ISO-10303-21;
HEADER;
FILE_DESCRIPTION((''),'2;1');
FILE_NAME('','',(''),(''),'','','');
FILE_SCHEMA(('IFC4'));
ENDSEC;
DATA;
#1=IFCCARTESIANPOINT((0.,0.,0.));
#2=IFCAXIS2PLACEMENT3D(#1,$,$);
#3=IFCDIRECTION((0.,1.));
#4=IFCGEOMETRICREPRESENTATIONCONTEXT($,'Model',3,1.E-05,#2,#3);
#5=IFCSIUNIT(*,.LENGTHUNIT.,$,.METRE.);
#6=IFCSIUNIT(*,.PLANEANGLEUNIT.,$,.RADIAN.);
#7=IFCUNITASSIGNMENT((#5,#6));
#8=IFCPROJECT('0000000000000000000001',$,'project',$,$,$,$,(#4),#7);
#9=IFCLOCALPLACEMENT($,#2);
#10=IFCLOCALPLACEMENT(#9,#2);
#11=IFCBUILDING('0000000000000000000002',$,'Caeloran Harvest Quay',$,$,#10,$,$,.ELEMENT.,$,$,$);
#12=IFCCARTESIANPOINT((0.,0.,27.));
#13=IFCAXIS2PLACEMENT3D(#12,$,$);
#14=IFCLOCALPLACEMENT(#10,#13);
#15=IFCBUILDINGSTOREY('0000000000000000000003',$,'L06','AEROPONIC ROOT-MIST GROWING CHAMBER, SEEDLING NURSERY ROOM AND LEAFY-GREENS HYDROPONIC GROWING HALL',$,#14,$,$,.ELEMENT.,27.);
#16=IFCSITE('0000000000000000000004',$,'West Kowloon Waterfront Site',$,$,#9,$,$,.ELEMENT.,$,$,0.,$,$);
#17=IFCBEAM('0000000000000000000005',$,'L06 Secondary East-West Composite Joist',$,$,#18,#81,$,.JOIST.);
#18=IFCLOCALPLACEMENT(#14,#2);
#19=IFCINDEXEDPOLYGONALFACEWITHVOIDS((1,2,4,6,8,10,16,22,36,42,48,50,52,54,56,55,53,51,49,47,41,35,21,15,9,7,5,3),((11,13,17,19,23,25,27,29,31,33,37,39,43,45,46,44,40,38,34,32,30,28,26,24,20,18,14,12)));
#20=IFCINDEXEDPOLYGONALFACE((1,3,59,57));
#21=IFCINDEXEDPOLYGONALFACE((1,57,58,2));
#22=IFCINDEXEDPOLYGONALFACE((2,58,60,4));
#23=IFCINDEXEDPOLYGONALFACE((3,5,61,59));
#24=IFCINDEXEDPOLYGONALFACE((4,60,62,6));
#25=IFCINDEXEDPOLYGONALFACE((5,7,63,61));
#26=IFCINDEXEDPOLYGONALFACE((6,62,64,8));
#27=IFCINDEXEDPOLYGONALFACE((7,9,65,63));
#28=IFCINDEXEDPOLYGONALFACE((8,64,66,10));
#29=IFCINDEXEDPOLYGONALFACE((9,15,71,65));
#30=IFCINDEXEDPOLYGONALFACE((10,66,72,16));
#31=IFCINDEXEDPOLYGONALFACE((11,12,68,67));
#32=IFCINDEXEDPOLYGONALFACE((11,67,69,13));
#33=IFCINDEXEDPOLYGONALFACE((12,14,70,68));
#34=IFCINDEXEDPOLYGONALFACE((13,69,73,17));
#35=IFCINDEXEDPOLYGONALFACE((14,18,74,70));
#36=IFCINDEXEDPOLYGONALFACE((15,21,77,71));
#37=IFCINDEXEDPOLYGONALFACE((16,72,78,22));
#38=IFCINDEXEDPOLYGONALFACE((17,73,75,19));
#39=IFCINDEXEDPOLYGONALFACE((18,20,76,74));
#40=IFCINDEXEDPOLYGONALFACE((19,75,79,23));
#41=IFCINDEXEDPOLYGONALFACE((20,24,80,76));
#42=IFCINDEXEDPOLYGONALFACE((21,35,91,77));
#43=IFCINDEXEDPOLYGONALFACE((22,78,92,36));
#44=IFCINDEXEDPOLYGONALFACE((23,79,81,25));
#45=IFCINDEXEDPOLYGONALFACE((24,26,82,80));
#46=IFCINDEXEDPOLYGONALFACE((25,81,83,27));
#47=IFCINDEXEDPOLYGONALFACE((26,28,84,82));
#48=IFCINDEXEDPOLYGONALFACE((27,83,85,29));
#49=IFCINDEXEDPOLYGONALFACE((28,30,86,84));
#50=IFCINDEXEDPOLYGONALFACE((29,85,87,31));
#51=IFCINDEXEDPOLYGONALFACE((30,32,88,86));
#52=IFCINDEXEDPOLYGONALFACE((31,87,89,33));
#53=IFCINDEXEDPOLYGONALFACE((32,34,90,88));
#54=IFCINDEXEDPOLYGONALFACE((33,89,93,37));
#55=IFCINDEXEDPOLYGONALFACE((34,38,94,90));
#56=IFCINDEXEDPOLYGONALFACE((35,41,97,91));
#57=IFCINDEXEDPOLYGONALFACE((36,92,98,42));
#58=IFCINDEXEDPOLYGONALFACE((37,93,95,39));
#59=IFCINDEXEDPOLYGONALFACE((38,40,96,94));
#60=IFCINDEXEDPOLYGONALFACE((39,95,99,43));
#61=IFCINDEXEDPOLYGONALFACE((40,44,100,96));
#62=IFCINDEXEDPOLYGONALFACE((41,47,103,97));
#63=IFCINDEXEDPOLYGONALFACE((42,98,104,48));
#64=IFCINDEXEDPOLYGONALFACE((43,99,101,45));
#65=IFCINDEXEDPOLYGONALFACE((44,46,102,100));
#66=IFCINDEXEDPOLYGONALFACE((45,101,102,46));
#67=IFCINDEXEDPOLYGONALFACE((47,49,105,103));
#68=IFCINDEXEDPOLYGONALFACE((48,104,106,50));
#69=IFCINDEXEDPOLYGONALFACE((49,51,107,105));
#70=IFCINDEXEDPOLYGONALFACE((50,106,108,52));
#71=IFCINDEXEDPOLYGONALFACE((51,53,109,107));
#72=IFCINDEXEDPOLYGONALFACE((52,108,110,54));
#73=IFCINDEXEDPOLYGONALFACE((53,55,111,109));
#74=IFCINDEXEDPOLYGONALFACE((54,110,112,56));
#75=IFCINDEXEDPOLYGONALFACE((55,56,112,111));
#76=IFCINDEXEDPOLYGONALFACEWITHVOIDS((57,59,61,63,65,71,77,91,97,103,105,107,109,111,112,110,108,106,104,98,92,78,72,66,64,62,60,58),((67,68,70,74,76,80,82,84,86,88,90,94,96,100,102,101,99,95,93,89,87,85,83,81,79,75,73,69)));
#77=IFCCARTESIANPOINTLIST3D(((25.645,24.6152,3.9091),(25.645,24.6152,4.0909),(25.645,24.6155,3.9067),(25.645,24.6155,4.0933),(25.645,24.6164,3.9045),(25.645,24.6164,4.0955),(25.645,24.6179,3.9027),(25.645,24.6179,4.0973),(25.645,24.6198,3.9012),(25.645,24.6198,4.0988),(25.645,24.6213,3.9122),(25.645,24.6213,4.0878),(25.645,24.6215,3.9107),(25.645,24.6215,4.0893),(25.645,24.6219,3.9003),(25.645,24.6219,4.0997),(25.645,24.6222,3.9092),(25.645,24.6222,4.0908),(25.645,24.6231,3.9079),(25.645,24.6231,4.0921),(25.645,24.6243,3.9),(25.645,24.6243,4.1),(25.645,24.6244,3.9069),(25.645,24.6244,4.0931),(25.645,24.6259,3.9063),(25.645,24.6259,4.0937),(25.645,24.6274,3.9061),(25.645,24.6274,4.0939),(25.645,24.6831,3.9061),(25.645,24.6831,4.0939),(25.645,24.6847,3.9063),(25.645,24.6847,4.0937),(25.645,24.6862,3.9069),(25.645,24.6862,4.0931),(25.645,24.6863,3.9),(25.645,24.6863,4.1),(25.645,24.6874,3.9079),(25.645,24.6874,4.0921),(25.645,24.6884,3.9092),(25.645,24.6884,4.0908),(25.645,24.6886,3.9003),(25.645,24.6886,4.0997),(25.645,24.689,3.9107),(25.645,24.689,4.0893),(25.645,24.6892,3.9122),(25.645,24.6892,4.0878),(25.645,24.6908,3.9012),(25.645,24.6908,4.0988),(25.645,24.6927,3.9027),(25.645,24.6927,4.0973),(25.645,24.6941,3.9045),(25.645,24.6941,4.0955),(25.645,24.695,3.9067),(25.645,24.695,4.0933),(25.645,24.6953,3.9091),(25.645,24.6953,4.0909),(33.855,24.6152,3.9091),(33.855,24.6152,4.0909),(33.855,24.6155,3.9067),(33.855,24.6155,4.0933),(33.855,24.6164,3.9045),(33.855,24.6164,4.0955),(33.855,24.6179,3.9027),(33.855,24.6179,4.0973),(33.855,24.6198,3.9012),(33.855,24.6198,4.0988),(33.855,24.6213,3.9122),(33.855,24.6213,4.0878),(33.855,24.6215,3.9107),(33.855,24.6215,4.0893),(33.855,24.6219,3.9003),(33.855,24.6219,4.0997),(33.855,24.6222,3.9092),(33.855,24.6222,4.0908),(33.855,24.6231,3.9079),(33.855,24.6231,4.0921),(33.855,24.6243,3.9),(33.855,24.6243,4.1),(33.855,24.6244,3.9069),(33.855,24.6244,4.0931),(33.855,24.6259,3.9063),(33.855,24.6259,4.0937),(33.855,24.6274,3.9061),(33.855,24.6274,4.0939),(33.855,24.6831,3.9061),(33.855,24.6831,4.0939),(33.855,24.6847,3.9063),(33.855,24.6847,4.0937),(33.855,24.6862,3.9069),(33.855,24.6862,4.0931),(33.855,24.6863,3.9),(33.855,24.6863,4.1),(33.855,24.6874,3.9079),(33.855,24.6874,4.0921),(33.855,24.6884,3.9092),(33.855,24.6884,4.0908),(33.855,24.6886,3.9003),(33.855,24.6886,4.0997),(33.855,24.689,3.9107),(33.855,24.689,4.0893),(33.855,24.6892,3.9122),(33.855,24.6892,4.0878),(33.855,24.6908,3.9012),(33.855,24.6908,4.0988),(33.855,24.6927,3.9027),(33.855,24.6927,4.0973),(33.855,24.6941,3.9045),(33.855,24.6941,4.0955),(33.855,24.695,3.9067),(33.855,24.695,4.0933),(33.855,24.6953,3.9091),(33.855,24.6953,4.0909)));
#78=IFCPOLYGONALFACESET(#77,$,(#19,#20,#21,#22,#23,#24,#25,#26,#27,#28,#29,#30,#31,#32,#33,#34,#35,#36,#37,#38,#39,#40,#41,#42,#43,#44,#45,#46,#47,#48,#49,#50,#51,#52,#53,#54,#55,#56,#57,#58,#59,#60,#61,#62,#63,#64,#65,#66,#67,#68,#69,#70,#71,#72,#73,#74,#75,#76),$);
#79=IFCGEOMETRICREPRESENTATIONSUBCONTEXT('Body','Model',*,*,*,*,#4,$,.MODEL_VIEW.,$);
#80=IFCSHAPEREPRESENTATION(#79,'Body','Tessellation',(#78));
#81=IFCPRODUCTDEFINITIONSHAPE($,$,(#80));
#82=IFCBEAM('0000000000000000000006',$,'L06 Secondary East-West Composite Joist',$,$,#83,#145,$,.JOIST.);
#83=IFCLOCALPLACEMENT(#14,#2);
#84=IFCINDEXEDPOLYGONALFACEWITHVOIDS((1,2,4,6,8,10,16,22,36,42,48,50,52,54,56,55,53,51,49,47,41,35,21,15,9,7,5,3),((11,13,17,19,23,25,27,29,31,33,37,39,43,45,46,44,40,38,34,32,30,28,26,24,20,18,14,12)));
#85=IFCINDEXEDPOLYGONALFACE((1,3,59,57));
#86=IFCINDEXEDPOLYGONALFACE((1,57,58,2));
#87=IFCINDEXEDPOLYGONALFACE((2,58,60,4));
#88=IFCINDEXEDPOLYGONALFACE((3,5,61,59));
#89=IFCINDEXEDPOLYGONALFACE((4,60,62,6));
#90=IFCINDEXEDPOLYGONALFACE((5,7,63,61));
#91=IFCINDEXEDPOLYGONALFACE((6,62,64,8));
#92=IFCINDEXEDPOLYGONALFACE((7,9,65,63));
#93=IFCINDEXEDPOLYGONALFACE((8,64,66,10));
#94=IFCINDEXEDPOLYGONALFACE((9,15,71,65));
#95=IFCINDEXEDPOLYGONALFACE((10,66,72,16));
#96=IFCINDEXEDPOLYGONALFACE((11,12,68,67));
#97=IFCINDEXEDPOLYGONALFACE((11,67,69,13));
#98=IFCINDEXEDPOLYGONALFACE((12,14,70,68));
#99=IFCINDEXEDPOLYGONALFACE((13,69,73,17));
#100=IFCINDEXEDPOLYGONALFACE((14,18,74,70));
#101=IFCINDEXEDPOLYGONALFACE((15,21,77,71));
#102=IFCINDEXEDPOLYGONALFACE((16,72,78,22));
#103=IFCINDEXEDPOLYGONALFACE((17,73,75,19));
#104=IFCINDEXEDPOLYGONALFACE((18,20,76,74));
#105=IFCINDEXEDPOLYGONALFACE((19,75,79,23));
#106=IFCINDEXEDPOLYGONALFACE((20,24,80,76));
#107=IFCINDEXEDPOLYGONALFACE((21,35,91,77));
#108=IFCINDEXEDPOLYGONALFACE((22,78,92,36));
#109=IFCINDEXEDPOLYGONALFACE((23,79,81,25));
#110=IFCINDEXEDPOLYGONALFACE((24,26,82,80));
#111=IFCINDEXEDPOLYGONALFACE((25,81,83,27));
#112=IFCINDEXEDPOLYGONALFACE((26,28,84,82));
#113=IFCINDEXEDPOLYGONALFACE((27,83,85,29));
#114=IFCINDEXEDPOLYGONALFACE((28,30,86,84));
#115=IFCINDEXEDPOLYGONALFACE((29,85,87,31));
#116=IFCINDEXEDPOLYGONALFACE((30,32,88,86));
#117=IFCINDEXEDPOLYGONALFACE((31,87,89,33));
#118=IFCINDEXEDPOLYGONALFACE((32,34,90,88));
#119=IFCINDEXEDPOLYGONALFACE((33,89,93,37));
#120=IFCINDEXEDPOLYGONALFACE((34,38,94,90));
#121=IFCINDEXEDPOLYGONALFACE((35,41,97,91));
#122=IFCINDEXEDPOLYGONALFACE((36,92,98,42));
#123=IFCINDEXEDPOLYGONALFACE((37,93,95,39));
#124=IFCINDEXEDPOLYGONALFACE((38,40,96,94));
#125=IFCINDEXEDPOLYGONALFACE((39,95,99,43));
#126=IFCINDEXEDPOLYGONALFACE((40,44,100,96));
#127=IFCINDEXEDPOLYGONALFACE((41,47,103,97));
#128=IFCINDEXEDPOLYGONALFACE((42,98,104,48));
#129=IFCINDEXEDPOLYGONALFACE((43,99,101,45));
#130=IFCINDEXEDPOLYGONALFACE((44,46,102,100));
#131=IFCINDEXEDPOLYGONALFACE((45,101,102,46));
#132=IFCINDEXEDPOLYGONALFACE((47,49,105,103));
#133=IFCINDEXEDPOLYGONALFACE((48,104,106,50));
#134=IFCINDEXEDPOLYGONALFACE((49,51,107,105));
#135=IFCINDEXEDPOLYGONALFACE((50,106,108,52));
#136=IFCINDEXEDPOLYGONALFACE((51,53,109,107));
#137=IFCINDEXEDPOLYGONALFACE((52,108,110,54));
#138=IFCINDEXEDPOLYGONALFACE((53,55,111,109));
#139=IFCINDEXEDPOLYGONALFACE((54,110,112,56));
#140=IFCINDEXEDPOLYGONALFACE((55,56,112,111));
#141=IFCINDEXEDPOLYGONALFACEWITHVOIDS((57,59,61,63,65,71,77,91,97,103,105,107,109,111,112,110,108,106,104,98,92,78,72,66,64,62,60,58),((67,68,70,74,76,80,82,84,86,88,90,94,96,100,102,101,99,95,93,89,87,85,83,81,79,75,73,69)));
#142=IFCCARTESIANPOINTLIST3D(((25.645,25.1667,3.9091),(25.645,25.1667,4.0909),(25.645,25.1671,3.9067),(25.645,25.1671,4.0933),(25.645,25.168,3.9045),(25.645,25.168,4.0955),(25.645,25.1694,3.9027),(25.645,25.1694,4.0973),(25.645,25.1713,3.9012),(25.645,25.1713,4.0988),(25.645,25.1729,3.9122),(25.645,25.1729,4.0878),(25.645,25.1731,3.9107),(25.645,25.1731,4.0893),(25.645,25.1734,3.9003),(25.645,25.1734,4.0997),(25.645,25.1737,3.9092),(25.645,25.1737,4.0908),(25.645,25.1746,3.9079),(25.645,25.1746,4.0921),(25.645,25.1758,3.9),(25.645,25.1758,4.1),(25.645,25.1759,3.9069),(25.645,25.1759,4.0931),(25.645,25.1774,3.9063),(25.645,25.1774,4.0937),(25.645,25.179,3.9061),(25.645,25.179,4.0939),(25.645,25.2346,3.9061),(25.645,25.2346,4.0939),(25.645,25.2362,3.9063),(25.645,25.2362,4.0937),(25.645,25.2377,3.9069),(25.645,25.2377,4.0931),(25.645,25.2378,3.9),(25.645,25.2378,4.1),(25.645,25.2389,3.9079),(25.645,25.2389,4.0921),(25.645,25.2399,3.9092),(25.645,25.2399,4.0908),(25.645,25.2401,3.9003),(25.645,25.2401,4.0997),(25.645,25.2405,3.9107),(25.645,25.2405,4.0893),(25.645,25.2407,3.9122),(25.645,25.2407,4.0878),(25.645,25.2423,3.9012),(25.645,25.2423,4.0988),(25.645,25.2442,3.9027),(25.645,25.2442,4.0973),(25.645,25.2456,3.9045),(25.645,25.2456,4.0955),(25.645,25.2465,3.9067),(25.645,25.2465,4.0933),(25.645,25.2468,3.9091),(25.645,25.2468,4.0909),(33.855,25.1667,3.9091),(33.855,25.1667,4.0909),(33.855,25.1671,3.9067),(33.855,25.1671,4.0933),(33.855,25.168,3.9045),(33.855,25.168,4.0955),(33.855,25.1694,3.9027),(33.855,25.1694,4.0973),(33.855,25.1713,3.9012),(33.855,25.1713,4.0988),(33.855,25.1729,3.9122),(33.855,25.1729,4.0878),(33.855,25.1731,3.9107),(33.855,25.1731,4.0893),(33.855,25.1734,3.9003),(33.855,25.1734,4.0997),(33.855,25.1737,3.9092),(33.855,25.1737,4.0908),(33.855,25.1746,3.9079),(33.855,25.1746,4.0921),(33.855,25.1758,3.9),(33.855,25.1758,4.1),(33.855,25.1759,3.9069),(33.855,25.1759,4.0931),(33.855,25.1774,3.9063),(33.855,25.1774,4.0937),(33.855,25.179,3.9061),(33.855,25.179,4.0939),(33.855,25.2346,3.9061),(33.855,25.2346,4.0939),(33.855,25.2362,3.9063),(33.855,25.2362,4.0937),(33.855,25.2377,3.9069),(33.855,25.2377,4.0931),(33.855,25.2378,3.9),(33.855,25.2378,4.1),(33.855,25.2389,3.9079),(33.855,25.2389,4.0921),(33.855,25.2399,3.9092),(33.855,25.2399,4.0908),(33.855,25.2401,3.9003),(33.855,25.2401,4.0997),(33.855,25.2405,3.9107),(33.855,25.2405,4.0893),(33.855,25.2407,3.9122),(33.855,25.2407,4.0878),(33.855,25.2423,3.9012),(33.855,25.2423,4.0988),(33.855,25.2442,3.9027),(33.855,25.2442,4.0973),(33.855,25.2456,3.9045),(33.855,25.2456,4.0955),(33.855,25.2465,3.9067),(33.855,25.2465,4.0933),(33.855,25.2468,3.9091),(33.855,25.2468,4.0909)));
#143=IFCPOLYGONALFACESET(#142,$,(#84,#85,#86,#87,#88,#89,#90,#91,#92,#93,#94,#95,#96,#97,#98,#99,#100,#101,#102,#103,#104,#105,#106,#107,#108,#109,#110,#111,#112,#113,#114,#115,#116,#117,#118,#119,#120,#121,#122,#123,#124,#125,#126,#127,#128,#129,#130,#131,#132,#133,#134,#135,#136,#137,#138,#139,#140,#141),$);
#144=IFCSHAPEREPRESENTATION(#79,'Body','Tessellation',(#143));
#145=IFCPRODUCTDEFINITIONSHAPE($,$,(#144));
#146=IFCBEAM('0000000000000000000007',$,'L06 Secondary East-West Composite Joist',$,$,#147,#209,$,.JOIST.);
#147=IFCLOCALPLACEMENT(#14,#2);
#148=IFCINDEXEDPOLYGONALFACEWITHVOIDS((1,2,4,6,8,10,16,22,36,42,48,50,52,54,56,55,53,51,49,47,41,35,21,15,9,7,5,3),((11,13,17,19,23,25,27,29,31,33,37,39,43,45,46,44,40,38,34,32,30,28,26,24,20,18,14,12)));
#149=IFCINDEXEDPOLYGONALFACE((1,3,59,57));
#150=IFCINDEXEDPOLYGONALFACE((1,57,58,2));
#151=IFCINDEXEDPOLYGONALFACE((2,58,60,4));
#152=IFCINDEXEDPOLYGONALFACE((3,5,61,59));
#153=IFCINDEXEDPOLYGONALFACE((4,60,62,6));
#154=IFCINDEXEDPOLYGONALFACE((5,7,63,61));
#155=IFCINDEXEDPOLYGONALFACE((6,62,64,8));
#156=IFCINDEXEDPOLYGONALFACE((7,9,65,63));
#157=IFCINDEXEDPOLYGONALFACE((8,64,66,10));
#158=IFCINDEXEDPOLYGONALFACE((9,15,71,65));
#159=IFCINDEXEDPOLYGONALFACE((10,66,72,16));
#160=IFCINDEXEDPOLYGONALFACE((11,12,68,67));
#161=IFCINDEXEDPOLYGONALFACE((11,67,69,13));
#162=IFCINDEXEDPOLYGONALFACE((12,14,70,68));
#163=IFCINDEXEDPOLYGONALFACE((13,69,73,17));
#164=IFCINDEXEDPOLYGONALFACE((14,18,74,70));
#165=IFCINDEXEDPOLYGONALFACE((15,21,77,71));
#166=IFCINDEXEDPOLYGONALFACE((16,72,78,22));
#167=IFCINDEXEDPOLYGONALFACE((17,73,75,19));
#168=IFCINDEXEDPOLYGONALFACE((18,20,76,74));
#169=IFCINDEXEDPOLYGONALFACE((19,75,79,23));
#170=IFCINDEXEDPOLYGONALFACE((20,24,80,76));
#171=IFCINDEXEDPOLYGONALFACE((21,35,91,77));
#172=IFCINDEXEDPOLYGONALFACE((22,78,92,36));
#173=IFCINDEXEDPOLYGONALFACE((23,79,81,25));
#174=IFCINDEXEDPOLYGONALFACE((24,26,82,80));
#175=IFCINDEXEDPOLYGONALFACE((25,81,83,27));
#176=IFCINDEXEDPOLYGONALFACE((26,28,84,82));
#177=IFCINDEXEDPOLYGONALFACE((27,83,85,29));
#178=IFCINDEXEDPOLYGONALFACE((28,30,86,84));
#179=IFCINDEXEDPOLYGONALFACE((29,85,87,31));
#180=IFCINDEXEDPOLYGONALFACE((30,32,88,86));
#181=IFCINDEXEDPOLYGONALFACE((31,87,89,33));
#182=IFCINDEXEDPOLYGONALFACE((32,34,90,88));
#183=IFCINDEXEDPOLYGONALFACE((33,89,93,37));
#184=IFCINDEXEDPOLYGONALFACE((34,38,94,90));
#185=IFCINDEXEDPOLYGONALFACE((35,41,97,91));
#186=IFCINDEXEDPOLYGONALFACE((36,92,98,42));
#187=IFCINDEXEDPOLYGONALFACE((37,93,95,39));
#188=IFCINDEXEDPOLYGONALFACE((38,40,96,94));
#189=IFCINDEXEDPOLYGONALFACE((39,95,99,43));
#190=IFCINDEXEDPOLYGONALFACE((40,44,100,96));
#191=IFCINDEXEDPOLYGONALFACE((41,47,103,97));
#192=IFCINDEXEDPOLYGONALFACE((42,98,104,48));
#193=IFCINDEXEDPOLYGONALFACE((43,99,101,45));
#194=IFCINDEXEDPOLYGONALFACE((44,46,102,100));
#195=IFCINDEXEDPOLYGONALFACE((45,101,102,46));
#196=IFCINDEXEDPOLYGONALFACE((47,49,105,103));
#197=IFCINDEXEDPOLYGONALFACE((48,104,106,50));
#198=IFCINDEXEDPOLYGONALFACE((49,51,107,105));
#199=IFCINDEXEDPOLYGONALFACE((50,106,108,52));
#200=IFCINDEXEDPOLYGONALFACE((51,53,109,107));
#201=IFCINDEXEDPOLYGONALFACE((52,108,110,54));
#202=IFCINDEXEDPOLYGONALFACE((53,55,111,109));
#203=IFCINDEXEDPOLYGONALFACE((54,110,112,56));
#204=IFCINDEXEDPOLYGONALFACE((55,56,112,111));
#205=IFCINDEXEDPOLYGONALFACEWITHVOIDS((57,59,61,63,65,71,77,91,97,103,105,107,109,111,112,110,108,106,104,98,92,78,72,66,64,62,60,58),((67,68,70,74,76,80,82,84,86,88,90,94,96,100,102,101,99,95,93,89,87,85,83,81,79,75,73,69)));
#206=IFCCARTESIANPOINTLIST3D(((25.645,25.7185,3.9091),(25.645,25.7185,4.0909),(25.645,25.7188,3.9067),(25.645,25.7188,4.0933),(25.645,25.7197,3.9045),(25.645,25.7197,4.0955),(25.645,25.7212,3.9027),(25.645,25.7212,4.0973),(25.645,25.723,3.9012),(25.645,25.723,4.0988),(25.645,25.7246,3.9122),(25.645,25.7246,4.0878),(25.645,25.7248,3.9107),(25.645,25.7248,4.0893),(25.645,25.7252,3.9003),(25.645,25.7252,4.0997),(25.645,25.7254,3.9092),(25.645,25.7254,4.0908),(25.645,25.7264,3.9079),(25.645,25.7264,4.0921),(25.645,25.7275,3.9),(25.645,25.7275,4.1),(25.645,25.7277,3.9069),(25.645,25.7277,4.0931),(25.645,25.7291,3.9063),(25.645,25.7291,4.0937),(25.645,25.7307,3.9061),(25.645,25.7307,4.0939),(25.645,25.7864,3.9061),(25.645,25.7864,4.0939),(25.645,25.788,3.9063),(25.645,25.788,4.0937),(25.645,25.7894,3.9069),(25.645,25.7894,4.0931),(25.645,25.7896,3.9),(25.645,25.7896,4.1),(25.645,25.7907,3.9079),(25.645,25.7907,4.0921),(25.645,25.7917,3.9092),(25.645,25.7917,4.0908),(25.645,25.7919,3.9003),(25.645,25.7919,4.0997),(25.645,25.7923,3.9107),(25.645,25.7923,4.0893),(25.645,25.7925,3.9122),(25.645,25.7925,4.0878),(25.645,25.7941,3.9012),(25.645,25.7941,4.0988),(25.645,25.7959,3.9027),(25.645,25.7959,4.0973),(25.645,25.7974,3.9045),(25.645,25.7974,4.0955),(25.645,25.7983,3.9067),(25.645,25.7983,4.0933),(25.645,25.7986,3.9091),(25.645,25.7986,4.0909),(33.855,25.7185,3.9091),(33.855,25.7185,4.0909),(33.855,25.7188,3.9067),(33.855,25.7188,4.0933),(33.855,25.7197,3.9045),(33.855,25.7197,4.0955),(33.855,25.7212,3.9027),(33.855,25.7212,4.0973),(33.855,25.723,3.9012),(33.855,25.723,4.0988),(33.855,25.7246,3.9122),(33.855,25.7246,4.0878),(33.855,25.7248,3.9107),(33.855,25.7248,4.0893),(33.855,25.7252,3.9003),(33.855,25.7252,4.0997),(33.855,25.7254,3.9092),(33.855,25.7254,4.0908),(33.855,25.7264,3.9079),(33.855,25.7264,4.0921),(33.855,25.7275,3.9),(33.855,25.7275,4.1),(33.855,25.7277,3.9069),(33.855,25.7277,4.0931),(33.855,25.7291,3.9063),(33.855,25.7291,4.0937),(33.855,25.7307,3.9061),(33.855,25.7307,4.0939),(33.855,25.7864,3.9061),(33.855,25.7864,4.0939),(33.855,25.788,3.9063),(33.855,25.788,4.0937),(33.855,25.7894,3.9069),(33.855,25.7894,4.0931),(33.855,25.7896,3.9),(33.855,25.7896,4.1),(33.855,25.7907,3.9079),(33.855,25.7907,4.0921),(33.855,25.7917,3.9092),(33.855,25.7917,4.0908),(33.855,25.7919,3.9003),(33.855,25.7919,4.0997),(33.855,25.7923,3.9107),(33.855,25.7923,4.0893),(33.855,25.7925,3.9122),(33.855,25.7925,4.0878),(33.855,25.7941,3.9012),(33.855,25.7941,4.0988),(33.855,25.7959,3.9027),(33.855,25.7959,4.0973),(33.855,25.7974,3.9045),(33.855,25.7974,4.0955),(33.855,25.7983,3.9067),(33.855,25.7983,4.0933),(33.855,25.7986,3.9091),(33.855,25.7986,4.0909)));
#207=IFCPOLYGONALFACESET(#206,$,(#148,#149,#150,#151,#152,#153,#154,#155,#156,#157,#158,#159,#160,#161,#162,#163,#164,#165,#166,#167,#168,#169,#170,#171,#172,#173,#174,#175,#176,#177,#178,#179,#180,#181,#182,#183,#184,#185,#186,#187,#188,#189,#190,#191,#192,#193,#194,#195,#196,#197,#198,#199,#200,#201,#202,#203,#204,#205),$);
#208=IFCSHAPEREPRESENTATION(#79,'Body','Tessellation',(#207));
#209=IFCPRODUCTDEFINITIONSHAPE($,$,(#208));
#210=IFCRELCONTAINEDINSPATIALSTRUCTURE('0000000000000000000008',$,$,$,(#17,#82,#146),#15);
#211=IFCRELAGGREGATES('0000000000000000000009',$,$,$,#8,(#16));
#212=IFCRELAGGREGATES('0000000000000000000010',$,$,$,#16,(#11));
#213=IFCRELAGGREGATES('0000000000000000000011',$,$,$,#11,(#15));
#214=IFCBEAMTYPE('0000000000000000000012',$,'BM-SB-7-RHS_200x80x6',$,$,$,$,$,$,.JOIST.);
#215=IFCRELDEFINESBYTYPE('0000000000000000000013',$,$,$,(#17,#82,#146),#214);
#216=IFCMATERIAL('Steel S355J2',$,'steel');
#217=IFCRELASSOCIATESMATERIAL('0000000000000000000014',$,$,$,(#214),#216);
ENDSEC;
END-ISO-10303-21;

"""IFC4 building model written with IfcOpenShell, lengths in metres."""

from ifc_helpers import new_model, si_unit, direction, frame, origin, origin_2d, place, context, subcontext, project, spatial, hollow_rectangle, extrude, material, material_profile, profile_set, type_object, element, save


model = new_model("IFC4")

# Units and contexts
model_context = context("Model", 3, precision=1e-05, world=origin(), true_north=direction((0.0, 1.0)))
body_context = subcontext(model_context, "Body", "Model", "MODEL_VIEW")
ifc_project = project(units=[si_unit("LENGTHUNIT", "METRE"), si_unit("PLANEANGLEUNIT", "RADIAN")], contexts=[model_context])

# Site, building, storey
site_placement = place(None, origin())
site = spatial("IfcSite", under=ifc_project, at=site_placement, Name="West Kowloon Waterfront Site", CompositionType="ELEMENT", RefElevation=0.0)
building_placement = place(site_placement, origin())
building = spatial("IfcBuilding", under=site, at=building_placement, Name="Caeloran Harvest Quay", CompositionType="ELEMENT")
storey_placement = place(building_placement, frame((0.0, 0.0, 27.0)))
storey = spatial("IfcBuildingStorey", under=building, at=storey_placement, Name="L06", Description="AEROPONIC ROOT-MIST GROWING CHAMBER, SEEDLING NURSERY ROOM AND LEAFY-GREENS HYDROPONIC GROWING HALL", CompositionType="ELEMENT", Elevation=27.0)

# Beams
ifc_material_1 = material(Name="Steel S355J2", Category="steel")
ifc_material_profile_1 = material_profile(ifc_material_1, hollow_rectangle(XDim=0.0801, YDim=0.2, WallThickness=0.0061, InnerFilletRadius=0.0061, OuterFilletRadius=0.009, at=origin_2d()), Name="RHS 200x80x6")
ifc_profile_set_1 = profile_set([ifc_material_profile_1], Name="Steel S355J2")
beam_type_1 = type_object("IfcBeamType", Name="BM-SB-7-RHS_200x80x6", PredefinedType="JOIST", material=ifc_profile_set_1)
for number, where, z_axis, x_axis, name in (
    (1, (25.645, 24.6553, 4.0), (1.0, 0.0, 0.0), (0.0, 1.0, 0.0), "L06 Secondary East-West Composite Joist"),
    (2, (25.645, 25.2068, 4.0), (1.0, 0.0, 0.0), (0.0, 1.0, 0.0), "L06 Secondary East-West Composite Joist"),
    (3, (25.645, 25.7585, 4.0), (1.0, 0.0, 0.0), (0.0, 1.0, 0.0), "L06 Secondary East-West Composite Joist"),
):
    element("IfcBeam", number, at=place(storey_placement, frame(where, z_axis=z_axis, x_axis=x_axis)), inside=storey, type_object=beam_type_1, Name=name, PredefinedType="JOIST", context=body_context, shape_type="SweptSolid", body=[
        extrude(hollow_rectangle(XDim=0.0801, YDim=0.2, WallThickness=0.0061, InnerFilletRadius=0.0061, OuterFilletRadius=0.009, at=origin_2d()), origin(), (0.0, 0.0, 1.0), 8.21),
    ])

save(model, "model.ifc")
